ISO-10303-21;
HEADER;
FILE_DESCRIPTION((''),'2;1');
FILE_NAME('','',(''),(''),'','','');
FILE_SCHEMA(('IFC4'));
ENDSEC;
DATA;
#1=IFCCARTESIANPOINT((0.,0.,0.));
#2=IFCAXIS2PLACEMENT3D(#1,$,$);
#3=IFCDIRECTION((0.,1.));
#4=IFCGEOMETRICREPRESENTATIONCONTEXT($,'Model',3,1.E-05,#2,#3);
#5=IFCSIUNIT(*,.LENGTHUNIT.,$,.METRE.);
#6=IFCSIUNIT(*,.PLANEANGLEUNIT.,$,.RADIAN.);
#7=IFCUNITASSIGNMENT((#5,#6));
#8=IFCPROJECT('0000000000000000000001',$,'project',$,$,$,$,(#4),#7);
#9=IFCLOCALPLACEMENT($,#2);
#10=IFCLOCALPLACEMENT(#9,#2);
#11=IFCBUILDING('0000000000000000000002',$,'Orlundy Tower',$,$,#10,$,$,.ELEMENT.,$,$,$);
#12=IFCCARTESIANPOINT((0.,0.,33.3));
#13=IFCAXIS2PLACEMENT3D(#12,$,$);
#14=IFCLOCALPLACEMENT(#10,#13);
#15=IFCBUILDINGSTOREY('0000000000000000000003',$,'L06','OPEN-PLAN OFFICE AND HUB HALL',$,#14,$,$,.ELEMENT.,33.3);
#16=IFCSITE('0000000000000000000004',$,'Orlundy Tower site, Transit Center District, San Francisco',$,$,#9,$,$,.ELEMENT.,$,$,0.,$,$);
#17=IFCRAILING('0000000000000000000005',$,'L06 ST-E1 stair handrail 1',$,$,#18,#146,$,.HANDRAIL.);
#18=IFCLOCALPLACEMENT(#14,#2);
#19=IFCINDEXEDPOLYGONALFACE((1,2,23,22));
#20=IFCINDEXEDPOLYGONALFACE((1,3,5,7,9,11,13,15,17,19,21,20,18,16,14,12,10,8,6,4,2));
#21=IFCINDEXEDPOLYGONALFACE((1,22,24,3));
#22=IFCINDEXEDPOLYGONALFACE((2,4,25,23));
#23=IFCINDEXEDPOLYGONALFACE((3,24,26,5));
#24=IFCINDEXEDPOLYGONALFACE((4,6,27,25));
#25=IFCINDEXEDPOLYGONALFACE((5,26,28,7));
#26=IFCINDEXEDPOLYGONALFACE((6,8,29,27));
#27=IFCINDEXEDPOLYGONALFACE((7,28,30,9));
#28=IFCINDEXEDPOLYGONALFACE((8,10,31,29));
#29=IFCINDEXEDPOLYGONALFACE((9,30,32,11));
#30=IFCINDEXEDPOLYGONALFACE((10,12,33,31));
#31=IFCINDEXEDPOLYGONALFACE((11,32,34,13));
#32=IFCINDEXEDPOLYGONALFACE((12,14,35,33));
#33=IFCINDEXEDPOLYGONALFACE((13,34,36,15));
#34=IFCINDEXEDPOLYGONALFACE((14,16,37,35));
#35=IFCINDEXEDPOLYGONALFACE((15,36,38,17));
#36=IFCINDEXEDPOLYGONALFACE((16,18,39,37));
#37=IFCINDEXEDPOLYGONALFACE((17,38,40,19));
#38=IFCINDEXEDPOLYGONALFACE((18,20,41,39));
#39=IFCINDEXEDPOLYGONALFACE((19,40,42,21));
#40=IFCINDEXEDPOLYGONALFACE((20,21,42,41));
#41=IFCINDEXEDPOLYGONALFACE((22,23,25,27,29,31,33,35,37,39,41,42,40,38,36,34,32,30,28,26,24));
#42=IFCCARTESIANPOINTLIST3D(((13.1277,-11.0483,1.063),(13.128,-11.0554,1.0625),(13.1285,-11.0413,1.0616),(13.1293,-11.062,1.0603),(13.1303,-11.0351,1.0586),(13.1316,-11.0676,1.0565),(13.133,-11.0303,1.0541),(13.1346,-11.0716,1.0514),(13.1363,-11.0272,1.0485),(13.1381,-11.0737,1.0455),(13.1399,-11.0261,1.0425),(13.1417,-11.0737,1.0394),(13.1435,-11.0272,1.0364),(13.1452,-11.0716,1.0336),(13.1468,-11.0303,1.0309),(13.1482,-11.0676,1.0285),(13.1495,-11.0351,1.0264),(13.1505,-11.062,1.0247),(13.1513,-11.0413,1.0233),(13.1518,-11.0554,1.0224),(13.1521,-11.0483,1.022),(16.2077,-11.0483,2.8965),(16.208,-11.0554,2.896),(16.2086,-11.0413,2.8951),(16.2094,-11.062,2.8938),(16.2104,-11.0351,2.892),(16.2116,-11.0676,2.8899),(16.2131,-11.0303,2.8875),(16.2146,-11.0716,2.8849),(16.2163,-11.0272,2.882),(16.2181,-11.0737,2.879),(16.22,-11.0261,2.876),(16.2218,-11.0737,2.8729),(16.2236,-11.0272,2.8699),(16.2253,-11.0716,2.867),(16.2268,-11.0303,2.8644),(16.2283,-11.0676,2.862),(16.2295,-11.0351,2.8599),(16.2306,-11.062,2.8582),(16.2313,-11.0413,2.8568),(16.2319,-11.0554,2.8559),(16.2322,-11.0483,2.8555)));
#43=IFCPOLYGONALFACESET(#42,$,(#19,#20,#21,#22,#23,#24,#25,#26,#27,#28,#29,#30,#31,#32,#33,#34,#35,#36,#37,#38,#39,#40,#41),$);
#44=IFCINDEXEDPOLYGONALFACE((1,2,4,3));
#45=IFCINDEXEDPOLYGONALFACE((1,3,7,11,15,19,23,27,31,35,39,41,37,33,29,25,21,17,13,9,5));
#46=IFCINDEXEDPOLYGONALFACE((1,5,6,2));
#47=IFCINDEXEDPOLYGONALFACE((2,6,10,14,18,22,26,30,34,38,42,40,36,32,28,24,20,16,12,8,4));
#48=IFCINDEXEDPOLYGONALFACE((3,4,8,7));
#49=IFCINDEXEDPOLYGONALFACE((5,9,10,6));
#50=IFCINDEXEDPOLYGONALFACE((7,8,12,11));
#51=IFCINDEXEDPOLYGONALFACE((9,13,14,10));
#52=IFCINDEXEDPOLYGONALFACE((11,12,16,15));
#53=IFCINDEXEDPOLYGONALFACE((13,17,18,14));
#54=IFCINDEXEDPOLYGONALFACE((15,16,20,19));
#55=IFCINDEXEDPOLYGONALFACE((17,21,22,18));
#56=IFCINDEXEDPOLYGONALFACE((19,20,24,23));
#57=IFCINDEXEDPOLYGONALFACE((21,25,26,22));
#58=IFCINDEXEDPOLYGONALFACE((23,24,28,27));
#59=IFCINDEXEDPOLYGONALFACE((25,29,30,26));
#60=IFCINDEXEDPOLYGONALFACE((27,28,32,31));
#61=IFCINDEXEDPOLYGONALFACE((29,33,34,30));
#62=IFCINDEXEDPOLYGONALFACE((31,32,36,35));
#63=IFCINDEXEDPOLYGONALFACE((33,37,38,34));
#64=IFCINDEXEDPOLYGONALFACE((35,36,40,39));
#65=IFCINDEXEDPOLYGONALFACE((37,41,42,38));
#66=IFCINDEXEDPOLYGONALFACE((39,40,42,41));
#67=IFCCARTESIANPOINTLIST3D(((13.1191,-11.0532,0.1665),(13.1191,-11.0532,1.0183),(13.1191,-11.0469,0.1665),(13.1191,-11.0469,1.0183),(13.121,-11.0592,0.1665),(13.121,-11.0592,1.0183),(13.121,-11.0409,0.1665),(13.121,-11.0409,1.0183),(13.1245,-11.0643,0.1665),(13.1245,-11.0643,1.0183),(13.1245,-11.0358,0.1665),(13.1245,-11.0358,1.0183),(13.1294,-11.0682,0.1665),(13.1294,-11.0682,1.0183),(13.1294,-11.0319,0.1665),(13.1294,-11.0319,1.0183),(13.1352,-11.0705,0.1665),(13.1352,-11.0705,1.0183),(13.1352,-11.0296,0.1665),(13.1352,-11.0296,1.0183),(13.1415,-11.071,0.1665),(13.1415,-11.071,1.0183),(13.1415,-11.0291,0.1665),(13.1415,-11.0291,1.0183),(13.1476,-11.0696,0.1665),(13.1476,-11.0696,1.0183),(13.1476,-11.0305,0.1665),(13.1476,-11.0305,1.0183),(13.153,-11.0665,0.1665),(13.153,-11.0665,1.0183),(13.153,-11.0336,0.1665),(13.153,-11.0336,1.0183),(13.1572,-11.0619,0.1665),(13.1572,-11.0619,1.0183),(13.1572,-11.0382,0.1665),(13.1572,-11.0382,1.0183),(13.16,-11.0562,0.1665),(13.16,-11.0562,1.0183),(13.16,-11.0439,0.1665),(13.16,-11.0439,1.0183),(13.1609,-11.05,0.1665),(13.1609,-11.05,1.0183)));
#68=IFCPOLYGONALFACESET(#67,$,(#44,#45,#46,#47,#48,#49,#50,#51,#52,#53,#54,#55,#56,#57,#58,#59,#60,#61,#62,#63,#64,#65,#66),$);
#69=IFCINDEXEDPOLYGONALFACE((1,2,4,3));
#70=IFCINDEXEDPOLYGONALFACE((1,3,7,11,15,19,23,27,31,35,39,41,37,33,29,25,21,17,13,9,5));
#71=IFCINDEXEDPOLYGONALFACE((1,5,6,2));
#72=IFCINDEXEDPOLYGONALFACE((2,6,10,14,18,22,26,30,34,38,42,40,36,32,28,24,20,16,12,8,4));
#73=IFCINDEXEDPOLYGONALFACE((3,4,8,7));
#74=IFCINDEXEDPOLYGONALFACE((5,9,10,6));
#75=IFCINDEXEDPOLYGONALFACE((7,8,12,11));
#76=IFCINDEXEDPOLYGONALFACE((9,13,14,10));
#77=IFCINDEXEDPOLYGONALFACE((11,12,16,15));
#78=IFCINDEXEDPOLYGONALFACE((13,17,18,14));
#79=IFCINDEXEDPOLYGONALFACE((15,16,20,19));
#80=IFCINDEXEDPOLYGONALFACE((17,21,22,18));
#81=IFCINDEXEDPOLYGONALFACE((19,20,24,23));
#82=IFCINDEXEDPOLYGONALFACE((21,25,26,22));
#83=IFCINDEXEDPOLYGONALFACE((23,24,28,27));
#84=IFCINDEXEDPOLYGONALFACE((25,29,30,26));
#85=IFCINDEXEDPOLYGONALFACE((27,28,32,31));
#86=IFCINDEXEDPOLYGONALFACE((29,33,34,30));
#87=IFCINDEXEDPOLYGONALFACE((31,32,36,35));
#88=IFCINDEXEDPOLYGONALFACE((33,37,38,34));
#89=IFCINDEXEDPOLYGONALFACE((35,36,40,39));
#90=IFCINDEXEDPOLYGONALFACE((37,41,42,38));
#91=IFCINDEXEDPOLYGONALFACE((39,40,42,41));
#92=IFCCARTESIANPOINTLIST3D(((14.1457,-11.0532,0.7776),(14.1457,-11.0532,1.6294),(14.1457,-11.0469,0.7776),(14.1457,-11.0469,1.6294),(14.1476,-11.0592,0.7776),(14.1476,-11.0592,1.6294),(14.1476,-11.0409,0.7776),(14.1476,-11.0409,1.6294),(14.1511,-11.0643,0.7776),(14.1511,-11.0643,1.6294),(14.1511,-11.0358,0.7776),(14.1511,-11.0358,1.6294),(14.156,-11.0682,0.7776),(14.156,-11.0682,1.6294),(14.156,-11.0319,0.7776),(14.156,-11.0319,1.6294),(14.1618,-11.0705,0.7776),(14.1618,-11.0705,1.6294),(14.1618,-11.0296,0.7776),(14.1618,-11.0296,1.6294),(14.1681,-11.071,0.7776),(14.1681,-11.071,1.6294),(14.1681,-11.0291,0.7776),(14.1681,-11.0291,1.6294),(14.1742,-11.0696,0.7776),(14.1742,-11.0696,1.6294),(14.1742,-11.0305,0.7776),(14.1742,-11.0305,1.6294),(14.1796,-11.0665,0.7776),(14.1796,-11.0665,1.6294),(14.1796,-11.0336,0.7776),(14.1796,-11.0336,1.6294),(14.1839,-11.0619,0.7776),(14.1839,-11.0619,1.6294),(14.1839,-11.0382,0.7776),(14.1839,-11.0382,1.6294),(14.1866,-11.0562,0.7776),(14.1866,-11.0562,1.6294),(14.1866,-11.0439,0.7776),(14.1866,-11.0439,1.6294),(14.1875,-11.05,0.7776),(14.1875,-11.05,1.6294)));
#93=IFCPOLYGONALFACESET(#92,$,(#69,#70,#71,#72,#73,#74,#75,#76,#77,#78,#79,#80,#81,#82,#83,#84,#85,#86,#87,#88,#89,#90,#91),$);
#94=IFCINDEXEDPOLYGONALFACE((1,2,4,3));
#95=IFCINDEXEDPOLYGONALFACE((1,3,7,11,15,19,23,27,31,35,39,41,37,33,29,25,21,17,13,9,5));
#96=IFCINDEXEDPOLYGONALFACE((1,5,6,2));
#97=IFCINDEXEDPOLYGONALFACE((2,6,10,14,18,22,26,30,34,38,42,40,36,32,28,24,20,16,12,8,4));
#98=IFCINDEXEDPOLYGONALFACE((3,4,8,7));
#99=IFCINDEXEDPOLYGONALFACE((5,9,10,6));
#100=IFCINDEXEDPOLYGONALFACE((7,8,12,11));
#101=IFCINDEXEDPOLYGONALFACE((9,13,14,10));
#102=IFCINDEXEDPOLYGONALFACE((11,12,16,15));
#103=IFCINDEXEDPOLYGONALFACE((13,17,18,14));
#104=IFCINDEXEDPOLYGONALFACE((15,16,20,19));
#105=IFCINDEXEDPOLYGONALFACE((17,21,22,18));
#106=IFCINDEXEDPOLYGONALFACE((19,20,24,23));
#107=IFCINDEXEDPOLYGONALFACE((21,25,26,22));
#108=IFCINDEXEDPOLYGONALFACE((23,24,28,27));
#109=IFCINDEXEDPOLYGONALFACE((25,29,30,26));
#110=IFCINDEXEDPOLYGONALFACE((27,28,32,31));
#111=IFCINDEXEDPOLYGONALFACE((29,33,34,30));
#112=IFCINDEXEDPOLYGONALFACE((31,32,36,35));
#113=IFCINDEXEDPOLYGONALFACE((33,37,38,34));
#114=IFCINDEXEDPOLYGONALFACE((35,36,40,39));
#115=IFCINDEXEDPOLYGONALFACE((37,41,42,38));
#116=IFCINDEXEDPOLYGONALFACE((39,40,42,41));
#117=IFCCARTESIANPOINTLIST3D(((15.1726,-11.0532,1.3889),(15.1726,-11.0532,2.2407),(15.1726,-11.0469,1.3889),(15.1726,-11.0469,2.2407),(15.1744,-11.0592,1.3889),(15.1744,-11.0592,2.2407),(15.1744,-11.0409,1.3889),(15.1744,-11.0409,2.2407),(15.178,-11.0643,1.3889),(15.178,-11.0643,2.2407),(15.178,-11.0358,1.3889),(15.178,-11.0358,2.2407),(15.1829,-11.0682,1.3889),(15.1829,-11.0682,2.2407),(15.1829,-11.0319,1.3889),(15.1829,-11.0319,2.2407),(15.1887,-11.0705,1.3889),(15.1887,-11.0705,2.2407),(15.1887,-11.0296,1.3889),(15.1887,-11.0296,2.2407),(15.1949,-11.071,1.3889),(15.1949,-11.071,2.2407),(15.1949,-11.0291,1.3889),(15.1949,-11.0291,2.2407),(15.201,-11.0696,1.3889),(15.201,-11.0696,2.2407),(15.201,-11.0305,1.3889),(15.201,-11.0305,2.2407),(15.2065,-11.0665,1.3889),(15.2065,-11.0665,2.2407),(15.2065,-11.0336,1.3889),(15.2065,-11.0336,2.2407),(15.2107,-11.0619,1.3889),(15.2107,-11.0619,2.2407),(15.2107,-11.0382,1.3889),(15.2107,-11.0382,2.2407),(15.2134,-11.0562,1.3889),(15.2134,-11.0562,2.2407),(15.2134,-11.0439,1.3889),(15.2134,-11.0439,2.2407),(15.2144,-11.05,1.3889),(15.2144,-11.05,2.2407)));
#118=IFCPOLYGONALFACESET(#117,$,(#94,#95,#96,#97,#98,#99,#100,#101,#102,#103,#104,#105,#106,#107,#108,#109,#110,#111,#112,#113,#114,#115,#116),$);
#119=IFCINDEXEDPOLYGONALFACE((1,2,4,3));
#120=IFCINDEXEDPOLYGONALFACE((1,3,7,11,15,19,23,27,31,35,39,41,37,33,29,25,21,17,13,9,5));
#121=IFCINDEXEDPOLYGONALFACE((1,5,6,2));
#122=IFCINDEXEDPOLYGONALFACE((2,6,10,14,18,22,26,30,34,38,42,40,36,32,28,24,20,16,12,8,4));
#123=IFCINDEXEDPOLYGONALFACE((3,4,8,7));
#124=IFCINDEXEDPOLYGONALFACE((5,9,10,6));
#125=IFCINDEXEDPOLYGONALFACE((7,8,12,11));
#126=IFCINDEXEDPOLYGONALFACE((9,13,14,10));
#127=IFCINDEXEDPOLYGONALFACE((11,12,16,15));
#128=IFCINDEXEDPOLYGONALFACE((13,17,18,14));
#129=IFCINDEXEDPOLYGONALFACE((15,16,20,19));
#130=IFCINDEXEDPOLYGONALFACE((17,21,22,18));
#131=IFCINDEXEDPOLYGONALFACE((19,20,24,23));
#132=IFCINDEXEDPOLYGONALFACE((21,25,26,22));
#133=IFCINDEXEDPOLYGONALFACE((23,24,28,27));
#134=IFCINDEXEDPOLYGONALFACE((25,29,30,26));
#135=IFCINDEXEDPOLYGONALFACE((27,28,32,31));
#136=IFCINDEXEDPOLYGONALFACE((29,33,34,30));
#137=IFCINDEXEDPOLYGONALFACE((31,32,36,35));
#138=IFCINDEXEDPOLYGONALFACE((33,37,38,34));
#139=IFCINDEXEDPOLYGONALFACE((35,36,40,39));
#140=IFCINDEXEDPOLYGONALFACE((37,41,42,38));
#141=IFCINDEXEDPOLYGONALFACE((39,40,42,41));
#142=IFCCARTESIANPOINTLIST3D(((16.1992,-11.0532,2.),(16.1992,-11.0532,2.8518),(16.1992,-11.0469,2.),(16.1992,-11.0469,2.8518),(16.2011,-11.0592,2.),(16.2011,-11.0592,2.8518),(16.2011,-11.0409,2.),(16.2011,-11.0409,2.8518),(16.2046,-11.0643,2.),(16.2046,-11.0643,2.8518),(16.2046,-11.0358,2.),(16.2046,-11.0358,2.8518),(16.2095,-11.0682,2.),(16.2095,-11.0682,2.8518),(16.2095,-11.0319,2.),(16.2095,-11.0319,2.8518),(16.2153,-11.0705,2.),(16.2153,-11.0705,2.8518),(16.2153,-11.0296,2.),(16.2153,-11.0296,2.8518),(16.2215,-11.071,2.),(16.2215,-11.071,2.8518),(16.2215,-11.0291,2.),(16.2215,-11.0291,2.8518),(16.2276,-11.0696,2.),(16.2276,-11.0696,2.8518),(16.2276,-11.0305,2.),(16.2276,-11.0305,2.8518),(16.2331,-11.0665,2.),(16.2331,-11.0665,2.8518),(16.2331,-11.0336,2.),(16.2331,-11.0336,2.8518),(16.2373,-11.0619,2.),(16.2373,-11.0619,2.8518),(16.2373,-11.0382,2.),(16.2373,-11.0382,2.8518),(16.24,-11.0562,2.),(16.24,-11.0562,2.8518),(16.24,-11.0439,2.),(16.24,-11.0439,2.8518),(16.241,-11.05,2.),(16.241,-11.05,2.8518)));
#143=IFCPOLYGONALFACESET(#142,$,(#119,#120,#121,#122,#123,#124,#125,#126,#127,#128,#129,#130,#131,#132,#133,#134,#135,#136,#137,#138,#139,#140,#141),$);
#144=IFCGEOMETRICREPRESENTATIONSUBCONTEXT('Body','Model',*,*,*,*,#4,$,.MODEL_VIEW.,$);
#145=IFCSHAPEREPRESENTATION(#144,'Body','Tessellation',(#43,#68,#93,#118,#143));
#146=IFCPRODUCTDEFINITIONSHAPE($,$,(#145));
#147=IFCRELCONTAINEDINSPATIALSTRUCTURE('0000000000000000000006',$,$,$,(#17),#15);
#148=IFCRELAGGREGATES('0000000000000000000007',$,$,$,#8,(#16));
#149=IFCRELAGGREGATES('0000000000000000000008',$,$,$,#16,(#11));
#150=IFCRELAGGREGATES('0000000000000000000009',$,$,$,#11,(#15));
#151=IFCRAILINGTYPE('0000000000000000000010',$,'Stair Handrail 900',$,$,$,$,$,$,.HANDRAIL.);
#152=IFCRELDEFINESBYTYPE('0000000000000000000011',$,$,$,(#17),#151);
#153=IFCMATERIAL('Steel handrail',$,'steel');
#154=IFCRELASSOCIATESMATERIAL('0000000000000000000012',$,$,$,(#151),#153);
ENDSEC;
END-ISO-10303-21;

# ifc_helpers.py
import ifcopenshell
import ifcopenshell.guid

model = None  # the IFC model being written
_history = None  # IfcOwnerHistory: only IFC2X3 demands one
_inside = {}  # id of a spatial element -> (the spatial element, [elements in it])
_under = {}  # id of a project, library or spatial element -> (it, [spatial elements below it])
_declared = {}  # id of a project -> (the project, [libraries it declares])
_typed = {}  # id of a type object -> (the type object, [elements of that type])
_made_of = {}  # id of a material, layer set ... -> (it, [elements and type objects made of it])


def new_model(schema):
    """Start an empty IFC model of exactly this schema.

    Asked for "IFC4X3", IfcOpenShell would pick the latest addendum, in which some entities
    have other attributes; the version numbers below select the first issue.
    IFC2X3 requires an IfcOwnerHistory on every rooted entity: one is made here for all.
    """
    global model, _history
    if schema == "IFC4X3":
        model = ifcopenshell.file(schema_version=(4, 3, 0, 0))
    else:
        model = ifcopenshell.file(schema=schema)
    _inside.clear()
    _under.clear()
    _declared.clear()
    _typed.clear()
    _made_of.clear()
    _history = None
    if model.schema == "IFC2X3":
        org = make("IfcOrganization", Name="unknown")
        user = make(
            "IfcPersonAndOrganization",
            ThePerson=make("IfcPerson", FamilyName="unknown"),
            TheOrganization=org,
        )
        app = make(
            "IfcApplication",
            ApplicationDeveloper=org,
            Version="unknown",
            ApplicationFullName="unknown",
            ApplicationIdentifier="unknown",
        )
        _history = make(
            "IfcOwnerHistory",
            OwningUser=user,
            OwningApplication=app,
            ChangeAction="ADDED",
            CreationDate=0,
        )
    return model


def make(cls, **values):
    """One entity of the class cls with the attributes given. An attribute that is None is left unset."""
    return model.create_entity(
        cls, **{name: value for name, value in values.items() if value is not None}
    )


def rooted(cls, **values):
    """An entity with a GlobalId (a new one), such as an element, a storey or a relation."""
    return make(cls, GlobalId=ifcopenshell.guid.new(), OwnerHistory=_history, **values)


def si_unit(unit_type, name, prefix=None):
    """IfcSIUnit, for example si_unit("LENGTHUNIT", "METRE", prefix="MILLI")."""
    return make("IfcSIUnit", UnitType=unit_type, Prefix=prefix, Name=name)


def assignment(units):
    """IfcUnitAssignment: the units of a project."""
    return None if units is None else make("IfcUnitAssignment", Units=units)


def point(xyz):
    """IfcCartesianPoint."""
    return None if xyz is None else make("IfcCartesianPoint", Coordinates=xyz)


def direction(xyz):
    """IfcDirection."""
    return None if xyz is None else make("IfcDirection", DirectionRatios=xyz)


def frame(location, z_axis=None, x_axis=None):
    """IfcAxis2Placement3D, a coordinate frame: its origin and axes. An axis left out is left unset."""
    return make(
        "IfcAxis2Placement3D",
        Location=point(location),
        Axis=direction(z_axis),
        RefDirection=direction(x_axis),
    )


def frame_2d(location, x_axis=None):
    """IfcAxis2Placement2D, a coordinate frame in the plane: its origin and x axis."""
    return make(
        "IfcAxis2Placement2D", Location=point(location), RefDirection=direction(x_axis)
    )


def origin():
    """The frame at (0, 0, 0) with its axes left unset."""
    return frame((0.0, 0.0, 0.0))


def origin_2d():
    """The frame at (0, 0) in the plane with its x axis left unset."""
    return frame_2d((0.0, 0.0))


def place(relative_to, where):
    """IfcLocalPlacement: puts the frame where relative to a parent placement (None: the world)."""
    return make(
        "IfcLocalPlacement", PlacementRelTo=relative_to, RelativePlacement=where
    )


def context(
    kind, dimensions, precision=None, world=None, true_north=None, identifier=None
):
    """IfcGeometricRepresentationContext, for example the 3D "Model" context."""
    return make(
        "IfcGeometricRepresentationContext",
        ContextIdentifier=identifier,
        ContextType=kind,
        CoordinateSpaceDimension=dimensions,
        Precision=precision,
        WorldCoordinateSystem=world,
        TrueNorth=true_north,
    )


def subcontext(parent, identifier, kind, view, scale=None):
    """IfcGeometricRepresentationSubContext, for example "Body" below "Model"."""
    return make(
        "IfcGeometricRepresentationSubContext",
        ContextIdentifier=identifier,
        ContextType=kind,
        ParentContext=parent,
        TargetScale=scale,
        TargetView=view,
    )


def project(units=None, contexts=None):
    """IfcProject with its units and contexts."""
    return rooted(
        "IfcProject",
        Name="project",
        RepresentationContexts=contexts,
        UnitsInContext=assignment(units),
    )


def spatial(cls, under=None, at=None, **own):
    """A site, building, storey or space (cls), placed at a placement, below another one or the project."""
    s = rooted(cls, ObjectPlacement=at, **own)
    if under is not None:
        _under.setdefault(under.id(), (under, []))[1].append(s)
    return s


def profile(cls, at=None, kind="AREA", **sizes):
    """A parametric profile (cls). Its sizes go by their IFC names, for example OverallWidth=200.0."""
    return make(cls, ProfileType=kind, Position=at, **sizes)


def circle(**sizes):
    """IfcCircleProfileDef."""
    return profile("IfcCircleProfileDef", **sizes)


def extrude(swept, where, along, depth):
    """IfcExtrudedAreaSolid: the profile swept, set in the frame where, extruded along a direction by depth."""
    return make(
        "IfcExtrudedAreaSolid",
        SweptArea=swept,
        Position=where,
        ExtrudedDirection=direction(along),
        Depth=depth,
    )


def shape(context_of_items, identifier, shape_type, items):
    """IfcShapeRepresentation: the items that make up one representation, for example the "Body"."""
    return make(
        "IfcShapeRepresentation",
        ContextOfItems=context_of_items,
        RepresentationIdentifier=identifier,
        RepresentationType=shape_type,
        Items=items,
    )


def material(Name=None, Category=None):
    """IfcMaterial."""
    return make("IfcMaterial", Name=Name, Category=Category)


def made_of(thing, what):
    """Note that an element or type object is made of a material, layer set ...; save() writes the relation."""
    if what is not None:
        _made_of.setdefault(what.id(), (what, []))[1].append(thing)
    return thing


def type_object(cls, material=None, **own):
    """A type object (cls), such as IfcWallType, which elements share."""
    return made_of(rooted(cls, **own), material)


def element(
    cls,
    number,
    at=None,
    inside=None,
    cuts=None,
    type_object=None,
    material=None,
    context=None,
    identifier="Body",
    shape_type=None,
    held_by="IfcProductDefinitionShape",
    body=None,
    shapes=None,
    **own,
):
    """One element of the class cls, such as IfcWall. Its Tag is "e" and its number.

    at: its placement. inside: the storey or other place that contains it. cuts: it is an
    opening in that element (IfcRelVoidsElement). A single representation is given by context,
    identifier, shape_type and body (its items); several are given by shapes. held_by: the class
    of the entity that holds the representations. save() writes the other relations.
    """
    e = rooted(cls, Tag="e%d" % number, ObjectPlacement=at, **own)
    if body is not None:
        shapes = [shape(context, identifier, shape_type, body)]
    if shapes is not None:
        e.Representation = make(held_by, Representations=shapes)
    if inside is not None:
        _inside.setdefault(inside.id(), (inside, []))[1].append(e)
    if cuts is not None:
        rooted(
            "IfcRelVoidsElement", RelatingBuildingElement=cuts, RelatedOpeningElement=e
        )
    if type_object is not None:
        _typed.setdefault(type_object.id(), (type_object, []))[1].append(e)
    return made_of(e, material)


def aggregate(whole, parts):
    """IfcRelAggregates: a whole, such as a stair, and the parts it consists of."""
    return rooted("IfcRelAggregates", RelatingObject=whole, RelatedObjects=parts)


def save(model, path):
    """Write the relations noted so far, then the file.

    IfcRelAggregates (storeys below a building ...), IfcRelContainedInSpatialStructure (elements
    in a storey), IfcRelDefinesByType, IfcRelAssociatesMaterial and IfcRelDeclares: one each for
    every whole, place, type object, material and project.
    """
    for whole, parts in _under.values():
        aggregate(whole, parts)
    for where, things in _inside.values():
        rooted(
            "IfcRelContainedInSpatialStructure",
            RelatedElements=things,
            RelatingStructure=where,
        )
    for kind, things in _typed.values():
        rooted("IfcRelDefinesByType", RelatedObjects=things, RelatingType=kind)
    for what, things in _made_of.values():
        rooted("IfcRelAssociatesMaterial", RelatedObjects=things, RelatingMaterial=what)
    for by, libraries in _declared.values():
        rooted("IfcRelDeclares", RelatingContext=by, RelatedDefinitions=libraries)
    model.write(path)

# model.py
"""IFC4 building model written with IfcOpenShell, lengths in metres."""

from ifc_helpers import new_model, si_unit, direction, frame, origin, origin_2d, place, context, subcontext, project, spatial, circle, extrude, material, type_object, element, save


model = new_model("IFC4")

# Units and contexts
model_context = context("Model", 3, precision=1e-05, world=origin(), true_north=direction((0.0, 1.0)))
body_context = subcontext(model_context, "Body", "Model", "MODEL_VIEW")
ifc_project = project(units=[si_unit("LENGTHUNIT", "METRE"), si_unit("PLANEANGLEUNIT", "RADIAN")], contexts=[model_context])

# Site, building, storey
site_placement = place(None, origin())
site = spatial("IfcSite", under=ifc_project, at=site_placement, Name="Orlundy Tower site, Transit Center District, San Francisco", CompositionType="ELEMENT", RefElevation=0.0)
building_placement = place(site_placement, origin())
building = spatial("IfcBuilding", under=site, at=building_placement, Name="Orlundy Tower", CompositionType="ELEMENT")
storey_placement = place(building_placement, frame((0.0, 0.0, 33.3)))
storey = spatial("IfcBuildingStorey", under=building, at=storey_placement, Name="L06", Description="OPEN-PLAN OFFICE AND HUB HALL", CompositionType="ELEMENT", Elevation=33.3)

# Railing
ifc_material_1 = material(Name="Steel handrail", Category="steel")
railing_type_1 = type_object("IfcRailingType", Name="Stair Handrail 900", PredefinedType="HANDRAIL", material=ifc_material_1)
railing_1_placement = place(storey_placement, frame((13.1399, -11.05, 0.1665)))
element("IfcRailing", 1, at=railing_1_placement, inside=storey, type_object=railing_type_1, Name="L06 ST-E1 stair handrail 1", PredefinedType="HANDRAIL", context=body_context, shape_type="SweptSolid", body=[
    extrude(circle(Radius=0.0239, at=origin_2d()), frame((0.0, 0.0, 0.876), z_axis=(0.859279, 0.0, 0.511508), x_axis=(0.0, 1.0, 0.0)), (0.0, 0.0, 1.0), 3.5845),
    extrude(circle(Radius=0.021, at=origin_2d()), origin(), (0.0, 0.0, 1.0), 0.8518),
    extrude(circle(Radius=0.021, at=origin_2d()), frame((1.0266, 0.0, 0.6111)), (0.0, 0.0, 1.0), 0.8518),
    extrude(circle(Radius=0.021, at=origin_2d()), frame((2.0535, 0.0, 1.2224)), (0.0, 0.0, 1.0), 0.8518),
    extrude(circle(Radius=0.021, at=origin_2d()), frame((3.0801, 0.0, 1.8335)), (0.0, 0.0, 1.0), 0.8518),
])

save(model, "model.ifc")
